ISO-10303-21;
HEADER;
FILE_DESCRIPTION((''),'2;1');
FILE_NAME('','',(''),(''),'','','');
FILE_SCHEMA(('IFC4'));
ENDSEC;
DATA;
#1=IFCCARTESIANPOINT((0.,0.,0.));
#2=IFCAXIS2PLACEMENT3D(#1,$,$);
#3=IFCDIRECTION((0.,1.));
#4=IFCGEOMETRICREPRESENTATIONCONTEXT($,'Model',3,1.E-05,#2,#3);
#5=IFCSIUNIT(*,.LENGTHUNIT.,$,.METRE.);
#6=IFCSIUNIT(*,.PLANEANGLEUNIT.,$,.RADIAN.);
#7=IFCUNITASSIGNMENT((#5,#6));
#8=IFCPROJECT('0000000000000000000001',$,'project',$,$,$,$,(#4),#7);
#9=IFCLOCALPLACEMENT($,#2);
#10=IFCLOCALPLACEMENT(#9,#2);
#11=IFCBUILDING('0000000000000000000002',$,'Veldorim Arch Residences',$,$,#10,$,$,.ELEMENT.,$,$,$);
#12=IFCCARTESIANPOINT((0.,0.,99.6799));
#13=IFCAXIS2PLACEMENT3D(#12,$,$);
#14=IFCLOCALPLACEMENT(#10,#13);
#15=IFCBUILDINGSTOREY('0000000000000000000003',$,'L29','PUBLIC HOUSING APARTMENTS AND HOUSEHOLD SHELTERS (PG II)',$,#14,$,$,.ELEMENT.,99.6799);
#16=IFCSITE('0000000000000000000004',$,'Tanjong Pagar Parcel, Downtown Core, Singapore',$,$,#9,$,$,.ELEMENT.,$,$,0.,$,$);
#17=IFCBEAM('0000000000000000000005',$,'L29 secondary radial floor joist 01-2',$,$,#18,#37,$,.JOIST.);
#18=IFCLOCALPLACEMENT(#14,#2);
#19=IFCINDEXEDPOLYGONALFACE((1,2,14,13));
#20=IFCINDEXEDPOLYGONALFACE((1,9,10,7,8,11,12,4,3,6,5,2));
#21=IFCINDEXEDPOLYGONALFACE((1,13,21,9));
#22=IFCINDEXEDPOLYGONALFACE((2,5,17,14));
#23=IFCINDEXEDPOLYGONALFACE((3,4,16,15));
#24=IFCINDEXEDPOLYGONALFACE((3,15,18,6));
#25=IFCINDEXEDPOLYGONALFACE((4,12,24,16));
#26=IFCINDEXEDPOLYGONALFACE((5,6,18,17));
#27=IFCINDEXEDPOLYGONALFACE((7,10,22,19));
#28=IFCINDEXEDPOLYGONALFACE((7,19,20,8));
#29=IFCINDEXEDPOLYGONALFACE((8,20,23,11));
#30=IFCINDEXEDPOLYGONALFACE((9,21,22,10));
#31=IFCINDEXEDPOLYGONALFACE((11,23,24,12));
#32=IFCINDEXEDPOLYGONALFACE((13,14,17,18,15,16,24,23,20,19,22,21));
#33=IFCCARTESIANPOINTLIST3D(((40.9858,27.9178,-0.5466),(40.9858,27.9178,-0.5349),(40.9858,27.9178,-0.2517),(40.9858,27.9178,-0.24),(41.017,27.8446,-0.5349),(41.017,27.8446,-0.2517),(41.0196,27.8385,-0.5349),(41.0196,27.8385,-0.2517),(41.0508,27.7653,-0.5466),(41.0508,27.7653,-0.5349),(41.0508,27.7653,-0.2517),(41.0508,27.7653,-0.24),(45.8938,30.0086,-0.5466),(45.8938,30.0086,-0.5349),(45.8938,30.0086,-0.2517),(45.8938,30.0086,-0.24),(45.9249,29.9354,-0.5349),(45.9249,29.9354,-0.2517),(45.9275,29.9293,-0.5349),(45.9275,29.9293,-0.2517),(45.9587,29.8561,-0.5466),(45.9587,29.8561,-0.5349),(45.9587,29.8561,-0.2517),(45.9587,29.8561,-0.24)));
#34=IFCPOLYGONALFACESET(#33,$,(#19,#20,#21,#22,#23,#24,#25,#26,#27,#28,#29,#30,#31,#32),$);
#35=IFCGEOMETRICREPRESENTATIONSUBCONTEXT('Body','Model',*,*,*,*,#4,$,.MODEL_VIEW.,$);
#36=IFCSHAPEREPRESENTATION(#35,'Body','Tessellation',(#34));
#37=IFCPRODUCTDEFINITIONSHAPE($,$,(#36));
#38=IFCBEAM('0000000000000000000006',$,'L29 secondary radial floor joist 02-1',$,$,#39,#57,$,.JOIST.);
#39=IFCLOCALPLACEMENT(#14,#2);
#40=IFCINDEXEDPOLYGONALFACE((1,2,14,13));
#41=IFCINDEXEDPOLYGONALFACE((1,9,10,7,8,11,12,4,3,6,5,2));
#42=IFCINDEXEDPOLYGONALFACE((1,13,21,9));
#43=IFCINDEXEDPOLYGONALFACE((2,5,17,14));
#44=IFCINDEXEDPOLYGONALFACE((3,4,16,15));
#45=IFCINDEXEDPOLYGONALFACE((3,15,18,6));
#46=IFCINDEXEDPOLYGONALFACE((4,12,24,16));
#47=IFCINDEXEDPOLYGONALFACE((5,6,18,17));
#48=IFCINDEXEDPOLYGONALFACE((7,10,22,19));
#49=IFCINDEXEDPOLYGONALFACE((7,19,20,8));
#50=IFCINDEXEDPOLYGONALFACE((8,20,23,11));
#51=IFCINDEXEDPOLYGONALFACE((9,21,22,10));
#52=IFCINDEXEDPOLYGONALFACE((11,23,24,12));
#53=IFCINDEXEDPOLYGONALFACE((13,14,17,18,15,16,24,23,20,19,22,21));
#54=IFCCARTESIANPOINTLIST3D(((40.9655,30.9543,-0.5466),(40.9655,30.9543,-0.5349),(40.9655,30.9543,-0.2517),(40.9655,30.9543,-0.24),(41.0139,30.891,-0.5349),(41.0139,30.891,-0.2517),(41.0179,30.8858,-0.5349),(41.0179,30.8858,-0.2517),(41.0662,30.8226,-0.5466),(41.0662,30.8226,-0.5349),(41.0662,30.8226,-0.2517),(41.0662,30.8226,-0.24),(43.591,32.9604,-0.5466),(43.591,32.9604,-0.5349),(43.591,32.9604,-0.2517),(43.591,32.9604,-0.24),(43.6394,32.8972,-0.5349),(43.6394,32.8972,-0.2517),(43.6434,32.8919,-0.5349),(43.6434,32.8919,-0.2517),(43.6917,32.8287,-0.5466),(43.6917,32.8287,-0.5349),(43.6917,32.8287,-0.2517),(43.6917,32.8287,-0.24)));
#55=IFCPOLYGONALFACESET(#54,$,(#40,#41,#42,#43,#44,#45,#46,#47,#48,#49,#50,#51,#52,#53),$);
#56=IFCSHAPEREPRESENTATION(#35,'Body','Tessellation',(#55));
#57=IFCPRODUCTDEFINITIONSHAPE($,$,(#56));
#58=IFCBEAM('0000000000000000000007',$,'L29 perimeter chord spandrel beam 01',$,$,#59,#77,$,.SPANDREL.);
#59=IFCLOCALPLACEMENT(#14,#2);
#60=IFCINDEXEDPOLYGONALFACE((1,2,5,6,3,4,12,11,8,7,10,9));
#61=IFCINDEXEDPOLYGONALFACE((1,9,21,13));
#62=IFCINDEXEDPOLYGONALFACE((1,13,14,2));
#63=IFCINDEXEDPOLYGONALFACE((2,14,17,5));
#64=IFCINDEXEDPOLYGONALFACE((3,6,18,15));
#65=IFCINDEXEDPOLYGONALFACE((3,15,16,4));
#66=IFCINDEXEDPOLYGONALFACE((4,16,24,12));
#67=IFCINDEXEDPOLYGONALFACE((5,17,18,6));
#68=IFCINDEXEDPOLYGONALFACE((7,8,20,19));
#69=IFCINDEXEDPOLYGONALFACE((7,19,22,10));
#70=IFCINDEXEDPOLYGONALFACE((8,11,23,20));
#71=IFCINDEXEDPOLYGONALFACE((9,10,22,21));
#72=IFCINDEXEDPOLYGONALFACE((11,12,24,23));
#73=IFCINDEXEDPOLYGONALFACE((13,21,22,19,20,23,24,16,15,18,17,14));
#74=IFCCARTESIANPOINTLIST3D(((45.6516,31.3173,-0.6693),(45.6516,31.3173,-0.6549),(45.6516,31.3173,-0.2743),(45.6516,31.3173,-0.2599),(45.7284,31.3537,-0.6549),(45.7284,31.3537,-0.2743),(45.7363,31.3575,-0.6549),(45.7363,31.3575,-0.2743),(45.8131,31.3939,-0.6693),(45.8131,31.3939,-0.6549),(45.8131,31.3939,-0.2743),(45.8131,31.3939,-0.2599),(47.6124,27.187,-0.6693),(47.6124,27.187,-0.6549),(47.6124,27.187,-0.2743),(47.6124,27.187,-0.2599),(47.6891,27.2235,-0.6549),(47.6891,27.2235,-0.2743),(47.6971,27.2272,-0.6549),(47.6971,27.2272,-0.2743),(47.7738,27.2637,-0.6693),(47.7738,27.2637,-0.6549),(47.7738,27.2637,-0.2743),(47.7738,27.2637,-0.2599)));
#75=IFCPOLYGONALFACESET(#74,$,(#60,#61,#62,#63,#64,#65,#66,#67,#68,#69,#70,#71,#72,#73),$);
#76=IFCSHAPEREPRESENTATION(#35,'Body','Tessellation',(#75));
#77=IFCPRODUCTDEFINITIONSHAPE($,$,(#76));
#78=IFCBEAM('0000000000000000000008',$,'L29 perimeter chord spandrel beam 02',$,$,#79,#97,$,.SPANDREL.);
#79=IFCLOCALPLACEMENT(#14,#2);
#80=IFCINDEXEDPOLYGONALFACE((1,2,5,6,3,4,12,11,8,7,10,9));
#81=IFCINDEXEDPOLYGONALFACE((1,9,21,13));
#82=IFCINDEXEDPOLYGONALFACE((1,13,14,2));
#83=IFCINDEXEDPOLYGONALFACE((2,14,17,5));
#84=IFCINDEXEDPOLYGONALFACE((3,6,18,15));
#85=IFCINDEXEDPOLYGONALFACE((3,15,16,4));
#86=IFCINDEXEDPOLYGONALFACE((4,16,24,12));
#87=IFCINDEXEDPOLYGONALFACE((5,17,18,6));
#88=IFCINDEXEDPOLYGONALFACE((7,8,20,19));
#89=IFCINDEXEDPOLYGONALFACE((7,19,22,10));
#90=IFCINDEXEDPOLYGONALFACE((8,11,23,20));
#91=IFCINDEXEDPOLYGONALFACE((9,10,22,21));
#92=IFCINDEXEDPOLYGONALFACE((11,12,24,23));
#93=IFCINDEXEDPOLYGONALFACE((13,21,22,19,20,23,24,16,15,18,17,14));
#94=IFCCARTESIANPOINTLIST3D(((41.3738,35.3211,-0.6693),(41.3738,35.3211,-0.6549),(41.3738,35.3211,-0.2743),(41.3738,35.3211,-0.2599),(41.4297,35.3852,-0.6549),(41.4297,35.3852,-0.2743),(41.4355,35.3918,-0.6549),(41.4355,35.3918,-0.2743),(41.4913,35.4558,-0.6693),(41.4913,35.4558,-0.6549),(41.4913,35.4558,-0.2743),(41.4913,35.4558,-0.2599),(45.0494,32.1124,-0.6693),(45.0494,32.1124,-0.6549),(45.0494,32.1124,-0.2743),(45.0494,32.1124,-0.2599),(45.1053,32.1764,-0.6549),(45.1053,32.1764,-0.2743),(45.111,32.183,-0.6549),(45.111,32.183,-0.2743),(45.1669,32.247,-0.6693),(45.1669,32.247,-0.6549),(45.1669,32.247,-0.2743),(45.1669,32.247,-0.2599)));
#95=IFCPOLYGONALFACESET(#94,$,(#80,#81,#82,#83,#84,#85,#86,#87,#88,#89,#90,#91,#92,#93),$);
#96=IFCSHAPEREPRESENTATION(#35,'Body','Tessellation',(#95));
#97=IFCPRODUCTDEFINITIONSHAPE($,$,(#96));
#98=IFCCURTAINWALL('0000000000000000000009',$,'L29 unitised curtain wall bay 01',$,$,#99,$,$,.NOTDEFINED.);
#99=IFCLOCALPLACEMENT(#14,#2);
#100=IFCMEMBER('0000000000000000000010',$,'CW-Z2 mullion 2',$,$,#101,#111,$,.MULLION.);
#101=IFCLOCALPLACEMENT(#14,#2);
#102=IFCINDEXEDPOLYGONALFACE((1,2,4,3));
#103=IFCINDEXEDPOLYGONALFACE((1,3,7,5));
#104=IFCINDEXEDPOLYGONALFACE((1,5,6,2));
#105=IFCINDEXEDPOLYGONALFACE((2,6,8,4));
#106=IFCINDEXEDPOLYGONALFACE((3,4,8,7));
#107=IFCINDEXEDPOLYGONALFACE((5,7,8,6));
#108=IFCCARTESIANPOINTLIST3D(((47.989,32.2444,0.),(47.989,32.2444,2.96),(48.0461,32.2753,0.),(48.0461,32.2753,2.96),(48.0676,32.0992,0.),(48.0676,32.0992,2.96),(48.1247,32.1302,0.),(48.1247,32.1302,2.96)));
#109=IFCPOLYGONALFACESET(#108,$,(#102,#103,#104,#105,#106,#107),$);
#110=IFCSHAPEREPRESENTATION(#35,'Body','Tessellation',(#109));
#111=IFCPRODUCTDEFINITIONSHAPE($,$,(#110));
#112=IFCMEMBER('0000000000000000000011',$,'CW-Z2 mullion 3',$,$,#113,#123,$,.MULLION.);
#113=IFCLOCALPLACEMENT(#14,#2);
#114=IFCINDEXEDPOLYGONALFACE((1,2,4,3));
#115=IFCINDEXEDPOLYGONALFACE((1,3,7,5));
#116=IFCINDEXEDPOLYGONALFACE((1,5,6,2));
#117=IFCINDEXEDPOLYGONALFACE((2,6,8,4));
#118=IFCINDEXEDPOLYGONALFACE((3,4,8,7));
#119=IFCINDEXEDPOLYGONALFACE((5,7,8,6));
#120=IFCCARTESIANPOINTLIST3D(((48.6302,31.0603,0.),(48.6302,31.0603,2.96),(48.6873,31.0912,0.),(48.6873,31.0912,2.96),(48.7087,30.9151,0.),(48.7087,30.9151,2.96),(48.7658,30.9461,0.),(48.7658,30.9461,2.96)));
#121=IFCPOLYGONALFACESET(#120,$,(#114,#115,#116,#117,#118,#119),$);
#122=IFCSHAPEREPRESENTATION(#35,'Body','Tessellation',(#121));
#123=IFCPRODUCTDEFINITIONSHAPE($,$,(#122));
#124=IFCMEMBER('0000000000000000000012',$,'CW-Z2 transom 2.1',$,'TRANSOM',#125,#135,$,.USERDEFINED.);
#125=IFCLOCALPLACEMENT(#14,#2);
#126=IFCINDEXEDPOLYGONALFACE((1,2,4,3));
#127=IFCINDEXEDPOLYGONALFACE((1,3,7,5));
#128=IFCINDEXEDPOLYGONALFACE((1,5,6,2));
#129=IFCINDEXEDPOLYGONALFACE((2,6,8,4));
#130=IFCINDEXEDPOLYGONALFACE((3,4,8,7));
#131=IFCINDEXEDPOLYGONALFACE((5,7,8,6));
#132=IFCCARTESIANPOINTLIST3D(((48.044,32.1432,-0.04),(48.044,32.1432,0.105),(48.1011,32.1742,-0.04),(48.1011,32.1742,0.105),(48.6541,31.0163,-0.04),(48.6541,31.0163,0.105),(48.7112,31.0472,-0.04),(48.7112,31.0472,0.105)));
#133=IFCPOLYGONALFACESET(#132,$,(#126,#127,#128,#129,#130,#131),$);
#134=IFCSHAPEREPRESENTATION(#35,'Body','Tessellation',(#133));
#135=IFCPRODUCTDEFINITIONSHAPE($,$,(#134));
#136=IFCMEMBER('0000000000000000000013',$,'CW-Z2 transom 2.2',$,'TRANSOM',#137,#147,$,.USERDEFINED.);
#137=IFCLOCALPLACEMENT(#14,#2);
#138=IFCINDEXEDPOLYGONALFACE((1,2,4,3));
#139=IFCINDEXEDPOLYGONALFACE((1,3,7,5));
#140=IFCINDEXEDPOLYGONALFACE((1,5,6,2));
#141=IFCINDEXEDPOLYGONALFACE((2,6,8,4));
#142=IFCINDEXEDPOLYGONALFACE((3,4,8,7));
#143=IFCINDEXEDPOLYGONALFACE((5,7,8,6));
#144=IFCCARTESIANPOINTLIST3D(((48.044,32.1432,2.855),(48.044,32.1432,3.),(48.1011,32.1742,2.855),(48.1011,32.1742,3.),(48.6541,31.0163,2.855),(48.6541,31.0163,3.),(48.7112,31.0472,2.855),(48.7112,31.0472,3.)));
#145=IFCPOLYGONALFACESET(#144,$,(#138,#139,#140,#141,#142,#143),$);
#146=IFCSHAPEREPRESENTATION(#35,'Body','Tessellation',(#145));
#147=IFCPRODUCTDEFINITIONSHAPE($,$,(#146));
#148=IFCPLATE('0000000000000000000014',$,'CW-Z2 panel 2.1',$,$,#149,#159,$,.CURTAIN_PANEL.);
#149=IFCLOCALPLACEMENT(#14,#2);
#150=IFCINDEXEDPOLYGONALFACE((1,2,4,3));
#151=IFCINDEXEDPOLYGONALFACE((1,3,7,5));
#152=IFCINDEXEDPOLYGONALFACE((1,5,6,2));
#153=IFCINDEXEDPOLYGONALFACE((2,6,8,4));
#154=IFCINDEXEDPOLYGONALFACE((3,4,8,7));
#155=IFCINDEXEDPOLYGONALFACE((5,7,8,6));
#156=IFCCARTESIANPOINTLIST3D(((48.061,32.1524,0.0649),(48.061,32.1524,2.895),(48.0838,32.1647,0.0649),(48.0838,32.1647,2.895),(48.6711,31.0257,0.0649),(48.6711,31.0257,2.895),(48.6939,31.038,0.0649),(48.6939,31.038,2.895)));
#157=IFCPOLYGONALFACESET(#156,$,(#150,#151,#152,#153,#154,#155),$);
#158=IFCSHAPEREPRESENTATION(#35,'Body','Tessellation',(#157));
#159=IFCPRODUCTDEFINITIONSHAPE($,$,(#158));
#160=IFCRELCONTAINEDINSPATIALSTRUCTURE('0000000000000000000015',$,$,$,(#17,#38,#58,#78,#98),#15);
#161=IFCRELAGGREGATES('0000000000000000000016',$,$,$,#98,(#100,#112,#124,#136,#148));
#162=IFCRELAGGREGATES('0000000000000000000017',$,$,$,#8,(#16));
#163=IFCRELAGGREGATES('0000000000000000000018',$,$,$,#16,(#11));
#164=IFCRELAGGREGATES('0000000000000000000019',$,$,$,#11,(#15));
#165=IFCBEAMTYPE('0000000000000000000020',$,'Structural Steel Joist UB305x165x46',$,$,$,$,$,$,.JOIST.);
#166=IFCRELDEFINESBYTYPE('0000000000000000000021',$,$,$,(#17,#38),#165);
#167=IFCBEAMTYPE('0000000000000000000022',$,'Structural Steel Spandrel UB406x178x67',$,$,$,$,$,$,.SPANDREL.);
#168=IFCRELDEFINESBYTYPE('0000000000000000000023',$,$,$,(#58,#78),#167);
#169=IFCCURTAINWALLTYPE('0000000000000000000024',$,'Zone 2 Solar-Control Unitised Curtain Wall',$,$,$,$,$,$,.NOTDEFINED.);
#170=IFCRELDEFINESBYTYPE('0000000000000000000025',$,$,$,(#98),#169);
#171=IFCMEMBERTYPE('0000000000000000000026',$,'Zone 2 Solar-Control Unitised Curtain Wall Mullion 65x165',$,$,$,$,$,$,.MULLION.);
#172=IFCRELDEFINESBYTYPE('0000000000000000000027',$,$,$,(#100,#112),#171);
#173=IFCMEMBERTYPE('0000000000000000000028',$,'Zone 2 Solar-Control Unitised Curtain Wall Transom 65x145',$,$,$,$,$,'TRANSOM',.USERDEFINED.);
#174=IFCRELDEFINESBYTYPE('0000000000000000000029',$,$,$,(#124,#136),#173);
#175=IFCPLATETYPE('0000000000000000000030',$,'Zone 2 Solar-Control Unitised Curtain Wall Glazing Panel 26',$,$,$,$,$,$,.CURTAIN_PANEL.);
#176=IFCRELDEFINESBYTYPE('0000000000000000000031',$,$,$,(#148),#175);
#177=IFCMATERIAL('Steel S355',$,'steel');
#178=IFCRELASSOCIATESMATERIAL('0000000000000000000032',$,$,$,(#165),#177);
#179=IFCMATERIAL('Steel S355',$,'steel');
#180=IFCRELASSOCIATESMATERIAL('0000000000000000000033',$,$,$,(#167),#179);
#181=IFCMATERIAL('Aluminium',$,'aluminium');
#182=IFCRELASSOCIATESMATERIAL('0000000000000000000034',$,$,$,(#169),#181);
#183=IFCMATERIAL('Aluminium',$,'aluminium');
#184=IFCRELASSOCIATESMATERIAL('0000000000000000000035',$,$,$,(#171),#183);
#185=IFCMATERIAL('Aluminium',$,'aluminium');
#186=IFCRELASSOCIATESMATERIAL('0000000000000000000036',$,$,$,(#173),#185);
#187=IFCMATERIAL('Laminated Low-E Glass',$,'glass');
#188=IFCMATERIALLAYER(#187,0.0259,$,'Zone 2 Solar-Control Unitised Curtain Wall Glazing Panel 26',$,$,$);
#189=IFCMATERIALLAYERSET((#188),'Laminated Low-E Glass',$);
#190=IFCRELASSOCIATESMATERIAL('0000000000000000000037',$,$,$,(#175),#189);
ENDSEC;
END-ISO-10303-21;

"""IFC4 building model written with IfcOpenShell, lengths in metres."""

from ifc_helpers import new_model, si_unit, direction, frame, origin, origin_2d, place, context, subcontext, project, spatial, rectangle, i_section, extrude, material, layer, layer_set, material_profile, profile_set, type_object, element, aggregate, save


model = new_model("IFC4")

# Units and contexts
model_context = context("Model", 3, precision=1e-05, world=origin(), true_north=direction((0.0, 1.0)))
body_context = subcontext(model_context, "Body", "Model", "MODEL_VIEW")
ifc_project = project(units=[si_unit("LENGTHUNIT", "METRE"), si_unit("PLANEANGLEUNIT", "RADIAN")], contexts=[model_context])

# Site, building, storey
site_placement = place(None, origin())
site = spatial("IfcSite", under=ifc_project, at=site_placement, Name="Tanjong Pagar Parcel, Downtown Core, Singapore", CompositionType="ELEMENT", RefElevation=0.0)
building_placement = place(site_placement, origin())
building = spatial("IfcBuilding", under=site, at=building_placement, Name="Veldorim Arch Residences", CompositionType="ELEMENT")
storey_placement = place(building_placement, frame((0.0, 0.0, 99.6799)))
storey = spatial("IfcBuildingStorey", under=building, at=storey_placement, Name="L29", Description="PUBLIC HOUSING APARTMENTS AND HOUSEHOLD SHELTERS (PG II)", CompositionType="ELEMENT", Elevation=99.6799)

# Beams
ifc_material_1 = material(Name="Steel S355", Category="steel")
ifc_material_profile_1 = material_profile(ifc_material_1, i_section(OverallWidth=0.1658, OverallDepth=0.3066, WebThickness=0.0066, FlangeThickness=0.0117, at=origin_2d()), Name="UB305x165x46")
ifc_profile_set_1 = profile_set([ifc_material_profile_1], Name="Steel S355")
beam_type_1 = type_object("IfcBeamType", Name="Structural Steel Joist UB305x165x46", PredefinedType="JOIST", material=ifc_profile_set_1)
beam_1_placement = place(storey_placement, frame((41.0183, 27.8416, -0.3933), z_axis=(0.919997, 0.391924, 0.0), x_axis=(-0.391924, 0.919997, 0.0)))
element("IfcBeam", 1, at=beam_1_placement, inside=storey, type_object=beam_type_1, Name="L29 secondary radial floor joist 01-2", PredefinedType="JOIST", context=body_context, shape_type="SweptSolid", body=[
    extrude(i_section(OverallWidth=0.1658, OverallDepth=0.3066, WebThickness=0.0066, FlangeThickness=0.0117, at=origin_2d()), origin(), (0.0, 0.0, 1.0), 5.3347),
])
beam_2_placement = place(storey_placement, frame((41.0159, 30.8884, -0.3933), z_axis=(0.794595, 0.60714, 0.0), x_axis=(-0.60714, 0.794595, 0.0)))
element("IfcBeam", 2, at=beam_2_placement, inside=storey, type_object=beam_type_1, Name="L29 secondary radial floor joist 02-1", PredefinedType="JOIST", context=body_context, shape_type="SweptSolid", body=[
    extrude(i_section(OverallWidth=0.1658, OverallDepth=0.3066, WebThickness=0.0066, FlangeThickness=0.0117, at=origin_2d()), origin(), (0.0, 0.0, 1.0), 3.3042),
])
ifc_material_2 = material(Name="Steel S355", Category="steel")
ifc_material_profile_2 = material_profile(ifc_material_2, i_section(OverallWidth=0.1787, OverallDepth=0.4094, WebThickness=0.0088, FlangeThickness=0.0144, at=origin_2d()), Name="UB406x178x67")
ifc_profile_set_2 = profile_set([ifc_material_profile_2], Name="Steel S355")
beam_type_2 = type_object("IfcBeamType", Name="Structural Steel Spandrel UB406x178x67", PredefinedType="SPANDREL", material=ifc_profile_set_2)
beam_3_placement = place(storey_placement, frame((47.6931, 27.2253, -0.4646), z_axis=(-0.428857, 0.903372, 0.0), x_axis=(-0.903372, -0.428857, 0.0)))
element("IfcBeam", 3, at=beam_3_placement, inside=storey, type_object=beam_type_2, Name="L29 perimeter chord spandrel beam 01", PredefinedType="SPANDREL", context=body_context, shape_type="SweptSolid", body=[
    extrude(i_section(OverallWidth=0.1787, OverallDepth=0.4094, WebThickness=0.0088, FlangeThickness=0.0144, at=origin_2d()), origin(), (0.0, 0.0, 1.0), 4.572),
])
beam_4_placement = place(storey_placement, frame((45.1082, 32.1797, -0.4646), z_axis=(-0.753323, 0.65765, 0.0), x_axis=(-0.65765, -0.753323, 0.0)))
element("IfcBeam", 4, at=beam_4_placement, inside=storey, type_object=beam_type_2, Name="L29 perimeter chord spandrel beam 02", PredefinedType="SPANDREL", context=body_context, shape_type="SweptSolid", body=[
    extrude(i_section(OverallWidth=0.1787, OverallDepth=0.4094, WebThickness=0.0088, FlangeThickness=0.0144, at=origin_2d()), origin(), (0.0, 0.0, 1.0), 4.8792),
])

# Curtain wall, members, plate
ifc_material_3 = material(Name="Aluminium", Category="aluminium")
curtain_wall_type = type_object("IfcCurtainWallType", Name="Zone 2 Solar-Control Unitised Curtain Wall", PredefinedType="NOTDEFINED", material=ifc_material_3)
curtain_wall_placement = place(storey_placement, origin())
curtain_wall = element("IfcCurtainWall", 5, at=curtain_wall_placement, inside=storey, type_object=curtain_wall_type, Name="L29 unitised curtain wall bay 01", PredefinedType="NOTDEFINED")
ifc_material_4 = material(Name="Aluminium", Category="aluminium")
ifc_material_profile_3 = material_profile(ifc_material_4, rectangle(XDim=0.0649, YDim=0.165, at=origin_2d()), Name="ALU_MUL_65x165")
ifc_profile_set_3 = profile_set([ifc_material_profile_3], Name="Aluminium")
member_type_1 = type_object("IfcMemberType", Name="Zone 2 Solar-Control Unitised Curtain Wall Mullion 65x165", PredefinedType="MULLION", material=ifc_profile_set_3)
member_1_placement = place(storey_placement, frame((48.0569, 32.1873, 0.0), z_axis=(0.0, 0.0, 1.0), x_axis=(0.879366, 0.476146, 0.0)))
member_1 = element("IfcMember", 6, at=member_1_placement, type_object=member_type_1, Name="CW-Z2 mullion 2", PredefinedType="MULLION", context=body_context, shape_type="SweptSolid", body=[
    extrude(rectangle(XDim=0.0649, YDim=0.165, at=origin_2d()), origin(), (0.0, 0.0, 1.0), 2.96),
])
member_2_placement = place(storey_placement, frame((48.698, 31.0032, 0.0), z_axis=(0.0, 0.0, 1.0), x_axis=(0.879366, 0.476146, 0.0)))
member_2 = element("IfcMember", 7, at=member_2_placement, type_object=member_type_1, Name="CW-Z2 mullion 3", PredefinedType="MULLION", context=body_context, shape_type="SweptSolid", body=[
    extrude(rectangle(XDim=0.0649, YDim=0.165, at=origin_2d()), origin(), (0.0, 0.0, 1.0), 2.96),
])
ifc_material_5 = material(Name="Aluminium", Category="aluminium")
ifc_material_profile_4 = material_profile(ifc_material_5, rectangle(XDim=0.0649, YDim=0.145, at=origin_2d()), Name="ALU_TRN_65x145")
ifc_profile_set_4 = profile_set([ifc_material_profile_4], Name="Aluminium")
member_type_2 = type_object("IfcMemberType", Name="Zone 2 Solar-Control Unitised Curtain Wall Transom 65x145", ElementType="TRANSOM", PredefinedType="USERDEFINED", material=ifc_profile_set_4)
member_3_placement = place(storey_placement, frame((48.0725, 32.1587, 0.0325), z_axis=(0.476087, -0.879398, 0.0), x_axis=(0.879398, 0.476087, 0.0)))
member_3 = element("IfcMember", 8, at=member_3_placement, type_object=member_type_2, Name="CW-Z2 transom 2.1", ObjectType="TRANSOM", PredefinedType="USERDEFINED", context=body_context, shape_type="SweptSolid", body=[
    extrude(rectangle(XDim=0.0649, YDim=0.145, at=origin_2d()), origin(), (0.0, 0.0, 1.0), 1.2815),
])
member_4_placement = place(storey_placement, frame((48.0725, 32.1587, 2.9275), z_axis=(0.476087, -0.879398, 0.0), x_axis=(0.879398, 0.476087, 0.0)))
member_4 = element("IfcMember", 9, at=member_4_placement, type_object=member_type_2, Name="CW-Z2 transom 2.2", ObjectType="TRANSOM", PredefinedType="USERDEFINED", context=body_context, shape_type="SweptSolid", body=[
    extrude(rectangle(XDim=0.0649, YDim=0.145, at=origin_2d()), origin(), (0.0, 0.0, 1.0), 1.2815),
])
ifc_material_6 = material(Name="Laminated Low-E Glass", Category="glass")
ifc_layer_1 = layer(ifc_material_6, 0.0259, Name="Zone 2 Solar-Control Unitised Curtain Wall Glazing Panel 26")
ifc_layer_set_1 = layer_set([ifc_layer_1], Name="Laminated Low-E Glass")
plate_type = type_object("IfcPlateType", Name="Zone 2 Solar-Control Unitised Curtain Wall Glazing Panel 26", PredefinedType="CURTAIN_PANEL", material=ifc_layer_set_1)
plate_placement = place(storey_placement, frame((48.3774, 31.5952, 0.0649), z_axis=(0.0, 0.0, 1.0), x_axis=(0.476146, -0.879366, 0.0)))
plate = element("IfcPlate", 10, at=plate_placement, type_object=plate_type, Name="CW-Z2 panel 2.1", PredefinedType="CURTAIN_PANEL", context=body_context, shape_type="SweptSolid", body=[
    extrude(rectangle(XDim=1.2812, YDim=0.0259, at=origin_2d()), origin(), (0.0, 0.0, 1.0), 2.8301),
])
aggregate(curtain_wall, [member_1, member_2, member_3, member_4, plate])

save(model, "model.ifc")
